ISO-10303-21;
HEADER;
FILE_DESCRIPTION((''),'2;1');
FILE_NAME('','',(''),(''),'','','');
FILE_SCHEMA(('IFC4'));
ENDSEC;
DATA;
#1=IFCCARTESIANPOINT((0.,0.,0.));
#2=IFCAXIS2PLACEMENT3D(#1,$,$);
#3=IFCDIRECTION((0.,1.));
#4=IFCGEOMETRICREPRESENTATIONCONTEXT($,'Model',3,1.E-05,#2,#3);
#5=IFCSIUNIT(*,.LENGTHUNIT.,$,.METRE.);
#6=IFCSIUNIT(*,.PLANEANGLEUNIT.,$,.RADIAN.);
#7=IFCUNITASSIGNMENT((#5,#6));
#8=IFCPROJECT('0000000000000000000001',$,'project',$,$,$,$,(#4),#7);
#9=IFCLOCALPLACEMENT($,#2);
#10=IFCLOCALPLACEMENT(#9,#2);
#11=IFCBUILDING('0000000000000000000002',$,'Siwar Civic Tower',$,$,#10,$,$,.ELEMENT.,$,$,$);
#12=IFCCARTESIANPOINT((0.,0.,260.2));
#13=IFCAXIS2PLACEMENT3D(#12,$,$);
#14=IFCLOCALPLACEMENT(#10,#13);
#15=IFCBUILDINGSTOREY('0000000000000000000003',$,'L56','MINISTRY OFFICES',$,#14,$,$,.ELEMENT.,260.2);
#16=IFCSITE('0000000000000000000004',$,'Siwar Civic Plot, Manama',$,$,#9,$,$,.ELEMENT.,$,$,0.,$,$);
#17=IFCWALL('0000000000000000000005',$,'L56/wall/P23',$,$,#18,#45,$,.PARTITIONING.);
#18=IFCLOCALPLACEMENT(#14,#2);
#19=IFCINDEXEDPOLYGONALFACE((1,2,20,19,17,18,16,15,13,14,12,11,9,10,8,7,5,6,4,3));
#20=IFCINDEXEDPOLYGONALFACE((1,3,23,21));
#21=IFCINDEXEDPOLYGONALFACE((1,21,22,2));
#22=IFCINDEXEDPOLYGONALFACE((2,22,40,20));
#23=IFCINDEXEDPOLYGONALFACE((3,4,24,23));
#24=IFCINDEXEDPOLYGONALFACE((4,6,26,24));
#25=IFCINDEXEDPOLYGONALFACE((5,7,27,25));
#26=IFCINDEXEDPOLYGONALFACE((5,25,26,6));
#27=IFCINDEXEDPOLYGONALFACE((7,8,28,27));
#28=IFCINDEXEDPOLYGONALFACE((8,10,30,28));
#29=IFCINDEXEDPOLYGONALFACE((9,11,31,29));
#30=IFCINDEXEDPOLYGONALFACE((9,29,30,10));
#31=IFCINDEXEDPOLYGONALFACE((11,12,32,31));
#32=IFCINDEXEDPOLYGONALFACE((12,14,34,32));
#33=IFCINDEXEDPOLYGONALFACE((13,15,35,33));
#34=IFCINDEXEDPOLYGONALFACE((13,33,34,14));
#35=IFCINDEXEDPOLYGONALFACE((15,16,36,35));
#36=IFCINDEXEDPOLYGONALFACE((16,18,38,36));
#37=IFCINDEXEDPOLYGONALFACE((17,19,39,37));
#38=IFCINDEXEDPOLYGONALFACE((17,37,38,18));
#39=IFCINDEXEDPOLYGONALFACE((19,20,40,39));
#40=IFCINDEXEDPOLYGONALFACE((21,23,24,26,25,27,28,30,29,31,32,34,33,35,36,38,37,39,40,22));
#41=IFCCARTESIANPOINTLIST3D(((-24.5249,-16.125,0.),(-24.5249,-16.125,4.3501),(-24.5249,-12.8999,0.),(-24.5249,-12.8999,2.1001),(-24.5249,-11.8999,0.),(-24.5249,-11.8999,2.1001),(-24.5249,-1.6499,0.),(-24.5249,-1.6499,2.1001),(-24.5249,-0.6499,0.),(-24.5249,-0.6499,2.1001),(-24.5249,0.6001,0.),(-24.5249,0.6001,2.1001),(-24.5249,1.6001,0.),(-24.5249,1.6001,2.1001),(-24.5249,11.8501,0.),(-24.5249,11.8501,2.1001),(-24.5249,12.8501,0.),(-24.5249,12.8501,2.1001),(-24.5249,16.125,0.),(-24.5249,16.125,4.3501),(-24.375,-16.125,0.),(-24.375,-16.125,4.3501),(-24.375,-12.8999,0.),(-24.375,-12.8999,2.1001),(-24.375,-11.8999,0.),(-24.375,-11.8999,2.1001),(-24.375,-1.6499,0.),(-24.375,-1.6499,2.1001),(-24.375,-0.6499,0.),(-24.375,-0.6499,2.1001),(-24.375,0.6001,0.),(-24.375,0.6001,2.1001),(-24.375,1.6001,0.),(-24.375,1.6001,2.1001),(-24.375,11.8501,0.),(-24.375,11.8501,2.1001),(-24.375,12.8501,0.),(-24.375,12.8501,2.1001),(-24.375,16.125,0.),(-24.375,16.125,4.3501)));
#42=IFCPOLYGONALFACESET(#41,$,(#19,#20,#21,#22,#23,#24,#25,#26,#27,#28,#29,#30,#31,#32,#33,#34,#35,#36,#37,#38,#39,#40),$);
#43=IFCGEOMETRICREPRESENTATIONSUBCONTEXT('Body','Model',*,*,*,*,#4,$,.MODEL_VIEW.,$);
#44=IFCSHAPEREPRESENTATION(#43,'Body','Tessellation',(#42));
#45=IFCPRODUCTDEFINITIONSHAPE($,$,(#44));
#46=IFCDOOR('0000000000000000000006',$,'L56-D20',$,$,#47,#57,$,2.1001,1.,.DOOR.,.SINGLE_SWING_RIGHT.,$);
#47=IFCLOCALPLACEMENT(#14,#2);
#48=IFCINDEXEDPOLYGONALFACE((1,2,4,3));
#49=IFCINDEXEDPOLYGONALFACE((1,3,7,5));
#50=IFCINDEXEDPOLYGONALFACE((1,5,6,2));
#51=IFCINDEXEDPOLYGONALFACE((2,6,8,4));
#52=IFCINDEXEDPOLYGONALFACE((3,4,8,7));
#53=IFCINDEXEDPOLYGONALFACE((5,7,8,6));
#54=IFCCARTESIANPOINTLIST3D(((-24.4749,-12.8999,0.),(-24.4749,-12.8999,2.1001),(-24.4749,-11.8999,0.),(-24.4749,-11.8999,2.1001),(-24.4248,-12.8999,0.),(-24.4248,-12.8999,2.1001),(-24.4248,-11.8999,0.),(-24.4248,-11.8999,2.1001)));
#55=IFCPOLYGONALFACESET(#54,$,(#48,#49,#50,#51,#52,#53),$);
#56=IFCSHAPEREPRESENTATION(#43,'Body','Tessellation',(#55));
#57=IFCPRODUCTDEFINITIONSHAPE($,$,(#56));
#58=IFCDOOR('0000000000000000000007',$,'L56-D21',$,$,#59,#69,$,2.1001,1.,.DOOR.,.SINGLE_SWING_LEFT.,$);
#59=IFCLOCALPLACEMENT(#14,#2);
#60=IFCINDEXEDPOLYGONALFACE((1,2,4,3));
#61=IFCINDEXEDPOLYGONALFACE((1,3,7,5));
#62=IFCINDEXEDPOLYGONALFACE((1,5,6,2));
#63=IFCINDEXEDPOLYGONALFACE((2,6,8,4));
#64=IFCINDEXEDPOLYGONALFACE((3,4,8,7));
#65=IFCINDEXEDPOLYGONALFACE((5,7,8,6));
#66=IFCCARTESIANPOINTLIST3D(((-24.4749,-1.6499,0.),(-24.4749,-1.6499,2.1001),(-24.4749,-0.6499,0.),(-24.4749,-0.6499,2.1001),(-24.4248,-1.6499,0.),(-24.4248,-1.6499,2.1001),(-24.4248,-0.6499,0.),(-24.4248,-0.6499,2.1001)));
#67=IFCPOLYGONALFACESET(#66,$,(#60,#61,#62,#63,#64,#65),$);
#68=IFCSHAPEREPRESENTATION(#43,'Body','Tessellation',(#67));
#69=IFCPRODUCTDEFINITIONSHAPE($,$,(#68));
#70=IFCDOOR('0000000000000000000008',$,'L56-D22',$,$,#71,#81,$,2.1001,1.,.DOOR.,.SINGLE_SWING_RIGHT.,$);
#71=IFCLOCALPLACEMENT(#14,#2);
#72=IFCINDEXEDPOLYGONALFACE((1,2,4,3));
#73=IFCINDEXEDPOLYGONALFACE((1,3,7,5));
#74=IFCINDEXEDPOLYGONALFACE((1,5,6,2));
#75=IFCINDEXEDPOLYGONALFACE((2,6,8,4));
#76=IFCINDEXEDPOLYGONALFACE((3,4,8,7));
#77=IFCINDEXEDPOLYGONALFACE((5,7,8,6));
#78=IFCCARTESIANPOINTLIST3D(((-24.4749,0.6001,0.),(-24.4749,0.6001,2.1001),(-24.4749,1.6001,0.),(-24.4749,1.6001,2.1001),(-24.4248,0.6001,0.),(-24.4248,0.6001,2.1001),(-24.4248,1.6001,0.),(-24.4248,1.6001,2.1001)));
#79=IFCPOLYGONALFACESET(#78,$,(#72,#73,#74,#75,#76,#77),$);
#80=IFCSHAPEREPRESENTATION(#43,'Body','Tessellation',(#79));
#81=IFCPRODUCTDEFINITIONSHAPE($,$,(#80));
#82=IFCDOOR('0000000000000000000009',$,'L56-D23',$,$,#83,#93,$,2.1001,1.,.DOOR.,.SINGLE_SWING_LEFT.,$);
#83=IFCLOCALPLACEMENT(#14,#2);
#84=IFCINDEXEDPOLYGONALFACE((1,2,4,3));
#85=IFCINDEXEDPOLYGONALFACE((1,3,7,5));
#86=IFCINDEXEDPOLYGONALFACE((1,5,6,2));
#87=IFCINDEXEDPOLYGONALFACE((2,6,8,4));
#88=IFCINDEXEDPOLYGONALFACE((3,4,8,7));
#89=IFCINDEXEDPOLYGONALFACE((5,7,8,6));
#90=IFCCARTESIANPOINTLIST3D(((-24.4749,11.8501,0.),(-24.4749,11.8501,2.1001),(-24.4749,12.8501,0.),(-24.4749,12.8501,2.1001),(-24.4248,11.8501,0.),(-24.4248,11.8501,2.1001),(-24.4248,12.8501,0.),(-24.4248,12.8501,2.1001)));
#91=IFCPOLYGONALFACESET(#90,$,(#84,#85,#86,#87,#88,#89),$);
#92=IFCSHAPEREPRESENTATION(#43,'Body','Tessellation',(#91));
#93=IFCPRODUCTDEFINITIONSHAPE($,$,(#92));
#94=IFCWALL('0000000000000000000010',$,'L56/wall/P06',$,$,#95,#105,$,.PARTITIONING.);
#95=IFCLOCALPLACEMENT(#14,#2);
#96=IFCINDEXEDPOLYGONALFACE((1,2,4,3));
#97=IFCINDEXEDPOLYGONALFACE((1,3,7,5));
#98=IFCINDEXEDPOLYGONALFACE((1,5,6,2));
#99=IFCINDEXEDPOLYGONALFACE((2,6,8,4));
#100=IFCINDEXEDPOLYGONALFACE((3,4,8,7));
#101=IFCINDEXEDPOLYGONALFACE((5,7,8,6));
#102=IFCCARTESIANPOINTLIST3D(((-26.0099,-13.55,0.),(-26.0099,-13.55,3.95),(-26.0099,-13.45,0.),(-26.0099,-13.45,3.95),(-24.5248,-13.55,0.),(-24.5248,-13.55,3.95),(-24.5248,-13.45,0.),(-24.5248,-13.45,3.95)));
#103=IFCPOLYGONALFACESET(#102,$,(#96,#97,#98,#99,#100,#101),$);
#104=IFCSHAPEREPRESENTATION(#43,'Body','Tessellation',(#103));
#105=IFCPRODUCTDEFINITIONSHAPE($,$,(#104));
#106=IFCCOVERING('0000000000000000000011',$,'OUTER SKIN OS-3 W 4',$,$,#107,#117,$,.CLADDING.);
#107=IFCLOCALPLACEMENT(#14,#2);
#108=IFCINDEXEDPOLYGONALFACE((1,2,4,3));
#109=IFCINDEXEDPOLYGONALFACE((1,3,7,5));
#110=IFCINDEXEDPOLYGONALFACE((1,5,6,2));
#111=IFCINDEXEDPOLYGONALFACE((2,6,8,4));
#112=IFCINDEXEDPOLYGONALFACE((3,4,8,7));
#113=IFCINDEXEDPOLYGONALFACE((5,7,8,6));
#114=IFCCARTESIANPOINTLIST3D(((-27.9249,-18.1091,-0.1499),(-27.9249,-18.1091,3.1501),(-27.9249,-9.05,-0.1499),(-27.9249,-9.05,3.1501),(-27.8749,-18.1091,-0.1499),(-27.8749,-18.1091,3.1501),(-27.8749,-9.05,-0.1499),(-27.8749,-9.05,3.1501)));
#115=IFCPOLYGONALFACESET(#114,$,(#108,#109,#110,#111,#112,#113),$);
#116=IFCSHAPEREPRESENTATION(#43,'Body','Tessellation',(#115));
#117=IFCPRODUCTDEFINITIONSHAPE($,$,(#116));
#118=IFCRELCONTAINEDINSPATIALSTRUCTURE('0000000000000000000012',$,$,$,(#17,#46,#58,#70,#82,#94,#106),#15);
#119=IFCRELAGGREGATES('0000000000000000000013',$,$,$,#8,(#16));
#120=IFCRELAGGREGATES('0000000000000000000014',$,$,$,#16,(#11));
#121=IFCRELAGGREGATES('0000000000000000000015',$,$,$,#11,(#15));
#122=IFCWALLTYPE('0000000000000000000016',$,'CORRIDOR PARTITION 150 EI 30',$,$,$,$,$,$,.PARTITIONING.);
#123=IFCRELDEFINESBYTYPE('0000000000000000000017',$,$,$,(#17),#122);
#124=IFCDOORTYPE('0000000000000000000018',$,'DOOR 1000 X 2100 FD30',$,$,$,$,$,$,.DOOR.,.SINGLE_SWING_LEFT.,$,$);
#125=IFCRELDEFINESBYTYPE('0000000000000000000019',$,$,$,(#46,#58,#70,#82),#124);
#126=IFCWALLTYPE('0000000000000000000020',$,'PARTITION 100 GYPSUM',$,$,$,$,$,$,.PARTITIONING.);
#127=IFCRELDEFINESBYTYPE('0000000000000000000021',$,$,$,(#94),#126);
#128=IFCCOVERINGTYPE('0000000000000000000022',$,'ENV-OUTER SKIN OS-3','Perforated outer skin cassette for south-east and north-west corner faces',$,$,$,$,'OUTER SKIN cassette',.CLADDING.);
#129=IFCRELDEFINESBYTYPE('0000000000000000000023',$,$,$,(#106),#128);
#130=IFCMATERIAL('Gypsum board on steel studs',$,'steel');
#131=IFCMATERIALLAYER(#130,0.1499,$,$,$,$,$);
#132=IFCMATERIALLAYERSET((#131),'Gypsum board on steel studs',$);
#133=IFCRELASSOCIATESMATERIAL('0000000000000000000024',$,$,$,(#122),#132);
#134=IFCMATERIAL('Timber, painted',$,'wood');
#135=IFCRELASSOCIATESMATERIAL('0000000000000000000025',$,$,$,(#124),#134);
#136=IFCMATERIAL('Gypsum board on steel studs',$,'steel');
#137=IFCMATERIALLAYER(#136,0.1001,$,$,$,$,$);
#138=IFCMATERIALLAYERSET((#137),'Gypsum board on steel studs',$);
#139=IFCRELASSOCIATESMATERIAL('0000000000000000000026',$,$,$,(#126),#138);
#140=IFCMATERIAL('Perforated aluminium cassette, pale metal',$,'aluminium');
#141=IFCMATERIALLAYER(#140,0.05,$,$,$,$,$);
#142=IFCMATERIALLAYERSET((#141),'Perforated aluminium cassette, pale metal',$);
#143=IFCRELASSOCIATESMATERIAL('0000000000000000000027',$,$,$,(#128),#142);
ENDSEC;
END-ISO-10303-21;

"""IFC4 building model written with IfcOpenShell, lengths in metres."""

from ifc_helpers import new_model, si_unit, direction, frame, frame_2d, origin, origin_2d, place, context, subcontext, project, spatial, rectangle, extrude, material, layer, layer_set, type_object, element, fill, save


model = new_model("IFC4")

# Units and contexts
model_context = context("Model", 3, precision=1e-05, world=origin(), true_north=direction((0.0, 1.0)))
body_context = subcontext(model_context, "Body", "Model", "MODEL_VIEW")
ifc_project = project(units=[si_unit("LENGTHUNIT", "METRE"), si_unit("PLANEANGLEUNIT", "RADIAN")], contexts=[model_context])

# Site, building, storey
site_placement = place(None, origin())
site = spatial("IfcSite", under=ifc_project, at=site_placement, Name="Siwar Civic Plot, Manama", CompositionType="ELEMENT", RefElevation=0.0)
building_placement = place(site_placement, origin())
building = spatial("IfcBuilding", under=site, at=building_placement, Name="Siwar Civic Tower", CompositionType="ELEMENT")
storey_placement = place(building_placement, frame((0.0, 0.0, 260.2)))
storey = spatial("IfcBuildingStorey", under=building, at=storey_placement, Name="L56", Description="MINISTRY OFFICES", CompositionType="ELEMENT", Elevation=260.2)

# Wall, openings, doors
ifc_material_1 = material(Name="Gypsum board on steel studs", Category="steel")
ifc_layer_1 = layer(ifc_material_1, 0.1499)
ifc_layer_set_1 = layer_set([ifc_layer_1], Name="Gypsum board on steel studs")
wall_type_1 = type_object("IfcWallType", Name="CORRIDOR PARTITION 150 EI 30", PredefinedType="PARTITIONING", material=ifc_layer_set_1)
ifc_material_2 = material(Name="Timber, painted", Category="wood")
door_type_1 = type_object("IfcDoorType", Name="DOOR 1000 X 2100 FD30", OperationType="SINGLE_SWING_LEFT", PredefinedType="DOOR", material=ifc_material_2)
wall_1_placement = place(storey_placement, frame((-24.45, -16.125, 0.0), z_axis=(0.0, 0.0, 1.0), x_axis=(0.0, 1.0, 0.0)))
wall_1 = element("IfcWall", 1, at=wall_1_placement, inside=storey, type_object=wall_type_1, Name="L56/wall/P23", PredefinedType="PARTITIONING", context=body_context, shape_type="SweptSolid", body=[
    extrude(rectangle(XDim=32.25, YDim=0.1499, at=frame_2d((16.125, 0.0))), origin(), (0.0, 0.0, 1.0), 4.3501),
])
opening_1_placement = place(wall_1_placement, frame((3.2251, 0.0, 0.0)))
opening_1 = element("IfcOpeningElement", 2, at=opening_1_placement, cuts=wall_1, PredefinedType="OPENING", context=body_context, shape_type="SweptSolid", body=[
    extrude(rectangle(XDim=1.0, YDim=2.1001, at=frame_2d((0.5, 1.05))), frame((0.0, 0.085, 0.0), z_axis=(0.0, -1.0, 0.0), x_axis=(1.0, 0.0, 0.0)), (0.0, 0.0, 1.0), 0.1699),
])
opening_2_placement = place(wall_1_placement, frame((14.4751, 0.0, 0.0)))
opening_2 = element("IfcOpeningElement", 3, at=opening_2_placement, cuts=wall_1, PredefinedType="OPENING", context=body_context, shape_type="SweptSolid", body=[
    extrude(rectangle(XDim=1.0, YDim=2.1001, at=frame_2d((0.5, 1.05))), frame((0.0, 0.085, 0.0), z_axis=(0.0, -1.0, 0.0), x_axis=(1.0, 0.0, 0.0)), (0.0, 0.0, 1.0), 0.1699),
])
opening_3_placement = place(wall_1_placement, frame((16.7251, 0.0, 0.0)))
opening_3 = element("IfcOpeningElement", 4, at=opening_3_placement, cuts=wall_1, PredefinedType="OPENING", context=body_context, shape_type="SweptSolid", body=[
    extrude(rectangle(XDim=1.0, YDim=2.1001, at=frame_2d((0.5, 1.05))), frame((0.0, 0.085, 0.0), z_axis=(0.0, -1.0, 0.0), x_axis=(1.0, 0.0, 0.0)), (0.0, 0.0, 1.0), 0.1699),
])
opening_4_placement = place(wall_1_placement, frame((27.9751, 0.0, 0.0)))
opening_4 = element("IfcOpeningElement", 5, at=opening_4_placement, cuts=wall_1, PredefinedType="OPENING", context=body_context, shape_type="SweptSolid", body=[
    extrude(rectangle(XDim=1.0, YDim=2.1001, at=frame_2d((0.5, 1.05))), frame((0.0, 0.085, 0.0), z_axis=(0.0, -1.0, 0.0), x_axis=(1.0, 0.0, 0.0)), (0.0, 0.0, 1.0), 0.1699),
])
door_1_placement = place(opening_1_placement, origin())
door_1 = element("IfcDoor", 6, at=door_1_placement, inside=storey, type_object=door_type_1, Name="L56-D20", OperationType="SINGLE_SWING_RIGHT", OverallHeight=2.1001, OverallWidth=1.0, PredefinedType="DOOR", context=body_context, shape_type="SweptSolid", body=[
    extrude(rectangle(XDim=1.0, YDim=2.1001, at=frame_2d((0.5, 1.05))), frame((0.0, 0.0249, 0.0), z_axis=(0.0, -1.0, 0.0), x_axis=(1.0, 0.0, 0.0)), (0.0, 0.0, 1.0), 0.05),
])
fill(opening_1, door_1)
door_2_placement = place(opening_2_placement, origin())
door_2 = element("IfcDoor", 7, at=door_2_placement, inside=storey, type_object=door_type_1, Name="L56-D21", OperationType="SINGLE_SWING_LEFT", OverallHeight=2.1001, OverallWidth=1.0, PredefinedType="DOOR", context=body_context, shape_type="SweptSolid", body=[
    extrude(rectangle(XDim=1.0, YDim=2.1001, at=frame_2d((0.5, 1.05))), frame((0.0, 0.0249, 0.0), z_axis=(0.0, -1.0, 0.0), x_axis=(1.0, 0.0, 0.0)), (0.0, 0.0, 1.0), 0.05),
])
fill(opening_2, door_2)
door_3_placement = place(opening_3_placement, origin())
door_3 = element("IfcDoor", 8, at=door_3_placement, inside=storey, type_object=door_type_1, Name="L56-D22", OperationType="SINGLE_SWING_RIGHT", OverallHeight=2.1001, OverallWidth=1.0, PredefinedType="DOOR", context=body_context, shape_type="SweptSolid", body=[
    extrude(rectangle(XDim=1.0, YDim=2.1001, at=frame_2d((0.5, 1.05))), frame((0.0, 0.0249, 0.0), z_axis=(0.0, -1.0, 0.0), x_axis=(1.0, 0.0, 0.0)), (0.0, 0.0, 1.0), 0.05),
])
fill(opening_3, door_3)
door_4_placement = place(opening_4_placement, origin())
door_4 = element("IfcDoor", 9, at=door_4_placement, inside=storey, type_object=door_type_1, Name="L56-D23", OperationType="SINGLE_SWING_LEFT", OverallHeight=2.1001, OverallWidth=1.0, PredefinedType="DOOR", context=body_context, shape_type="SweptSolid", body=[
    extrude(rectangle(XDim=1.0, YDim=2.1001, at=frame_2d((0.5, 1.05))), frame((0.0, 0.0249, 0.0), z_axis=(0.0, -1.0, 0.0), x_axis=(1.0, 0.0, 0.0)), (0.0, 0.0, 1.0), 0.05),
])
fill(opening_4, door_4)

# Wall
ifc_material_3 = material(Name="Gypsum board on steel studs", Category="steel")
ifc_layer_2 = layer(ifc_material_3, 0.1001)
ifc_layer_set_2 = layer_set([ifc_layer_2], Name="Gypsum board on steel studs")
wall_type_2 = type_object("IfcWallType", Name="PARTITION 100 GYPSUM", PredefinedType="PARTITIONING", material=ifc_layer_set_2)
wall_2_placement = place(storey_placement, frame((-26.01, -13.5, 0.0), z_axis=(0.0, 0.0, 1.0), x_axis=(1.0, 0.0, 0.0)))
element("IfcWall", 10, at=wall_2_placement, inside=storey, type_object=wall_type_2, Name="L56/wall/P06", PredefinedType="PARTITIONING", context=body_context, shape_type="SweptSolid", body=[
    extrude(rectangle(XDim=1.4851, YDim=0.1001, at=frame_2d((0.7427, 0.0))), origin(), (0.0, 0.0, 1.0), 3.95),
])

# Covering
ifc_material_4 = material(Name="Perforated aluminium cassette, pale metal", Category="aluminium")
ifc_layer_3 = layer(ifc_material_4, 0.05)
ifc_layer_set_3 = layer_set([ifc_layer_3], Name="Perforated aluminium cassette, pale metal")
covering_type = type_object("IfcCoveringType", Name="ENV-OUTER SKIN OS-3", Description="Perforated outer skin cassette for south-east and north-west corner faces", ElementType="OUTER SKIN cassette", PredefinedType="CLADDING", material=ifc_layer_set_3)
covering_placement = place(storey_placement, frame((-27.8999, -13.5796, -0.1499), z_axis=(0.0, 0.0, 1.0), x_axis=(0.0, -1.0, 0.0)))
element("IfcCovering", 11, at=covering_placement, inside=storey, type_object=covering_type, Name="OUTER SKIN OS-3 W 4", PredefinedType="CLADDING", context=body_context, shape_type="SweptSolid", body=[
    extrude(rectangle(XDim=9.0591, YDim=0.05, at=origin_2d()), origin(), (0.0, 0.0, 1.0), 3.3),
])

save(model, "model.ifc")
